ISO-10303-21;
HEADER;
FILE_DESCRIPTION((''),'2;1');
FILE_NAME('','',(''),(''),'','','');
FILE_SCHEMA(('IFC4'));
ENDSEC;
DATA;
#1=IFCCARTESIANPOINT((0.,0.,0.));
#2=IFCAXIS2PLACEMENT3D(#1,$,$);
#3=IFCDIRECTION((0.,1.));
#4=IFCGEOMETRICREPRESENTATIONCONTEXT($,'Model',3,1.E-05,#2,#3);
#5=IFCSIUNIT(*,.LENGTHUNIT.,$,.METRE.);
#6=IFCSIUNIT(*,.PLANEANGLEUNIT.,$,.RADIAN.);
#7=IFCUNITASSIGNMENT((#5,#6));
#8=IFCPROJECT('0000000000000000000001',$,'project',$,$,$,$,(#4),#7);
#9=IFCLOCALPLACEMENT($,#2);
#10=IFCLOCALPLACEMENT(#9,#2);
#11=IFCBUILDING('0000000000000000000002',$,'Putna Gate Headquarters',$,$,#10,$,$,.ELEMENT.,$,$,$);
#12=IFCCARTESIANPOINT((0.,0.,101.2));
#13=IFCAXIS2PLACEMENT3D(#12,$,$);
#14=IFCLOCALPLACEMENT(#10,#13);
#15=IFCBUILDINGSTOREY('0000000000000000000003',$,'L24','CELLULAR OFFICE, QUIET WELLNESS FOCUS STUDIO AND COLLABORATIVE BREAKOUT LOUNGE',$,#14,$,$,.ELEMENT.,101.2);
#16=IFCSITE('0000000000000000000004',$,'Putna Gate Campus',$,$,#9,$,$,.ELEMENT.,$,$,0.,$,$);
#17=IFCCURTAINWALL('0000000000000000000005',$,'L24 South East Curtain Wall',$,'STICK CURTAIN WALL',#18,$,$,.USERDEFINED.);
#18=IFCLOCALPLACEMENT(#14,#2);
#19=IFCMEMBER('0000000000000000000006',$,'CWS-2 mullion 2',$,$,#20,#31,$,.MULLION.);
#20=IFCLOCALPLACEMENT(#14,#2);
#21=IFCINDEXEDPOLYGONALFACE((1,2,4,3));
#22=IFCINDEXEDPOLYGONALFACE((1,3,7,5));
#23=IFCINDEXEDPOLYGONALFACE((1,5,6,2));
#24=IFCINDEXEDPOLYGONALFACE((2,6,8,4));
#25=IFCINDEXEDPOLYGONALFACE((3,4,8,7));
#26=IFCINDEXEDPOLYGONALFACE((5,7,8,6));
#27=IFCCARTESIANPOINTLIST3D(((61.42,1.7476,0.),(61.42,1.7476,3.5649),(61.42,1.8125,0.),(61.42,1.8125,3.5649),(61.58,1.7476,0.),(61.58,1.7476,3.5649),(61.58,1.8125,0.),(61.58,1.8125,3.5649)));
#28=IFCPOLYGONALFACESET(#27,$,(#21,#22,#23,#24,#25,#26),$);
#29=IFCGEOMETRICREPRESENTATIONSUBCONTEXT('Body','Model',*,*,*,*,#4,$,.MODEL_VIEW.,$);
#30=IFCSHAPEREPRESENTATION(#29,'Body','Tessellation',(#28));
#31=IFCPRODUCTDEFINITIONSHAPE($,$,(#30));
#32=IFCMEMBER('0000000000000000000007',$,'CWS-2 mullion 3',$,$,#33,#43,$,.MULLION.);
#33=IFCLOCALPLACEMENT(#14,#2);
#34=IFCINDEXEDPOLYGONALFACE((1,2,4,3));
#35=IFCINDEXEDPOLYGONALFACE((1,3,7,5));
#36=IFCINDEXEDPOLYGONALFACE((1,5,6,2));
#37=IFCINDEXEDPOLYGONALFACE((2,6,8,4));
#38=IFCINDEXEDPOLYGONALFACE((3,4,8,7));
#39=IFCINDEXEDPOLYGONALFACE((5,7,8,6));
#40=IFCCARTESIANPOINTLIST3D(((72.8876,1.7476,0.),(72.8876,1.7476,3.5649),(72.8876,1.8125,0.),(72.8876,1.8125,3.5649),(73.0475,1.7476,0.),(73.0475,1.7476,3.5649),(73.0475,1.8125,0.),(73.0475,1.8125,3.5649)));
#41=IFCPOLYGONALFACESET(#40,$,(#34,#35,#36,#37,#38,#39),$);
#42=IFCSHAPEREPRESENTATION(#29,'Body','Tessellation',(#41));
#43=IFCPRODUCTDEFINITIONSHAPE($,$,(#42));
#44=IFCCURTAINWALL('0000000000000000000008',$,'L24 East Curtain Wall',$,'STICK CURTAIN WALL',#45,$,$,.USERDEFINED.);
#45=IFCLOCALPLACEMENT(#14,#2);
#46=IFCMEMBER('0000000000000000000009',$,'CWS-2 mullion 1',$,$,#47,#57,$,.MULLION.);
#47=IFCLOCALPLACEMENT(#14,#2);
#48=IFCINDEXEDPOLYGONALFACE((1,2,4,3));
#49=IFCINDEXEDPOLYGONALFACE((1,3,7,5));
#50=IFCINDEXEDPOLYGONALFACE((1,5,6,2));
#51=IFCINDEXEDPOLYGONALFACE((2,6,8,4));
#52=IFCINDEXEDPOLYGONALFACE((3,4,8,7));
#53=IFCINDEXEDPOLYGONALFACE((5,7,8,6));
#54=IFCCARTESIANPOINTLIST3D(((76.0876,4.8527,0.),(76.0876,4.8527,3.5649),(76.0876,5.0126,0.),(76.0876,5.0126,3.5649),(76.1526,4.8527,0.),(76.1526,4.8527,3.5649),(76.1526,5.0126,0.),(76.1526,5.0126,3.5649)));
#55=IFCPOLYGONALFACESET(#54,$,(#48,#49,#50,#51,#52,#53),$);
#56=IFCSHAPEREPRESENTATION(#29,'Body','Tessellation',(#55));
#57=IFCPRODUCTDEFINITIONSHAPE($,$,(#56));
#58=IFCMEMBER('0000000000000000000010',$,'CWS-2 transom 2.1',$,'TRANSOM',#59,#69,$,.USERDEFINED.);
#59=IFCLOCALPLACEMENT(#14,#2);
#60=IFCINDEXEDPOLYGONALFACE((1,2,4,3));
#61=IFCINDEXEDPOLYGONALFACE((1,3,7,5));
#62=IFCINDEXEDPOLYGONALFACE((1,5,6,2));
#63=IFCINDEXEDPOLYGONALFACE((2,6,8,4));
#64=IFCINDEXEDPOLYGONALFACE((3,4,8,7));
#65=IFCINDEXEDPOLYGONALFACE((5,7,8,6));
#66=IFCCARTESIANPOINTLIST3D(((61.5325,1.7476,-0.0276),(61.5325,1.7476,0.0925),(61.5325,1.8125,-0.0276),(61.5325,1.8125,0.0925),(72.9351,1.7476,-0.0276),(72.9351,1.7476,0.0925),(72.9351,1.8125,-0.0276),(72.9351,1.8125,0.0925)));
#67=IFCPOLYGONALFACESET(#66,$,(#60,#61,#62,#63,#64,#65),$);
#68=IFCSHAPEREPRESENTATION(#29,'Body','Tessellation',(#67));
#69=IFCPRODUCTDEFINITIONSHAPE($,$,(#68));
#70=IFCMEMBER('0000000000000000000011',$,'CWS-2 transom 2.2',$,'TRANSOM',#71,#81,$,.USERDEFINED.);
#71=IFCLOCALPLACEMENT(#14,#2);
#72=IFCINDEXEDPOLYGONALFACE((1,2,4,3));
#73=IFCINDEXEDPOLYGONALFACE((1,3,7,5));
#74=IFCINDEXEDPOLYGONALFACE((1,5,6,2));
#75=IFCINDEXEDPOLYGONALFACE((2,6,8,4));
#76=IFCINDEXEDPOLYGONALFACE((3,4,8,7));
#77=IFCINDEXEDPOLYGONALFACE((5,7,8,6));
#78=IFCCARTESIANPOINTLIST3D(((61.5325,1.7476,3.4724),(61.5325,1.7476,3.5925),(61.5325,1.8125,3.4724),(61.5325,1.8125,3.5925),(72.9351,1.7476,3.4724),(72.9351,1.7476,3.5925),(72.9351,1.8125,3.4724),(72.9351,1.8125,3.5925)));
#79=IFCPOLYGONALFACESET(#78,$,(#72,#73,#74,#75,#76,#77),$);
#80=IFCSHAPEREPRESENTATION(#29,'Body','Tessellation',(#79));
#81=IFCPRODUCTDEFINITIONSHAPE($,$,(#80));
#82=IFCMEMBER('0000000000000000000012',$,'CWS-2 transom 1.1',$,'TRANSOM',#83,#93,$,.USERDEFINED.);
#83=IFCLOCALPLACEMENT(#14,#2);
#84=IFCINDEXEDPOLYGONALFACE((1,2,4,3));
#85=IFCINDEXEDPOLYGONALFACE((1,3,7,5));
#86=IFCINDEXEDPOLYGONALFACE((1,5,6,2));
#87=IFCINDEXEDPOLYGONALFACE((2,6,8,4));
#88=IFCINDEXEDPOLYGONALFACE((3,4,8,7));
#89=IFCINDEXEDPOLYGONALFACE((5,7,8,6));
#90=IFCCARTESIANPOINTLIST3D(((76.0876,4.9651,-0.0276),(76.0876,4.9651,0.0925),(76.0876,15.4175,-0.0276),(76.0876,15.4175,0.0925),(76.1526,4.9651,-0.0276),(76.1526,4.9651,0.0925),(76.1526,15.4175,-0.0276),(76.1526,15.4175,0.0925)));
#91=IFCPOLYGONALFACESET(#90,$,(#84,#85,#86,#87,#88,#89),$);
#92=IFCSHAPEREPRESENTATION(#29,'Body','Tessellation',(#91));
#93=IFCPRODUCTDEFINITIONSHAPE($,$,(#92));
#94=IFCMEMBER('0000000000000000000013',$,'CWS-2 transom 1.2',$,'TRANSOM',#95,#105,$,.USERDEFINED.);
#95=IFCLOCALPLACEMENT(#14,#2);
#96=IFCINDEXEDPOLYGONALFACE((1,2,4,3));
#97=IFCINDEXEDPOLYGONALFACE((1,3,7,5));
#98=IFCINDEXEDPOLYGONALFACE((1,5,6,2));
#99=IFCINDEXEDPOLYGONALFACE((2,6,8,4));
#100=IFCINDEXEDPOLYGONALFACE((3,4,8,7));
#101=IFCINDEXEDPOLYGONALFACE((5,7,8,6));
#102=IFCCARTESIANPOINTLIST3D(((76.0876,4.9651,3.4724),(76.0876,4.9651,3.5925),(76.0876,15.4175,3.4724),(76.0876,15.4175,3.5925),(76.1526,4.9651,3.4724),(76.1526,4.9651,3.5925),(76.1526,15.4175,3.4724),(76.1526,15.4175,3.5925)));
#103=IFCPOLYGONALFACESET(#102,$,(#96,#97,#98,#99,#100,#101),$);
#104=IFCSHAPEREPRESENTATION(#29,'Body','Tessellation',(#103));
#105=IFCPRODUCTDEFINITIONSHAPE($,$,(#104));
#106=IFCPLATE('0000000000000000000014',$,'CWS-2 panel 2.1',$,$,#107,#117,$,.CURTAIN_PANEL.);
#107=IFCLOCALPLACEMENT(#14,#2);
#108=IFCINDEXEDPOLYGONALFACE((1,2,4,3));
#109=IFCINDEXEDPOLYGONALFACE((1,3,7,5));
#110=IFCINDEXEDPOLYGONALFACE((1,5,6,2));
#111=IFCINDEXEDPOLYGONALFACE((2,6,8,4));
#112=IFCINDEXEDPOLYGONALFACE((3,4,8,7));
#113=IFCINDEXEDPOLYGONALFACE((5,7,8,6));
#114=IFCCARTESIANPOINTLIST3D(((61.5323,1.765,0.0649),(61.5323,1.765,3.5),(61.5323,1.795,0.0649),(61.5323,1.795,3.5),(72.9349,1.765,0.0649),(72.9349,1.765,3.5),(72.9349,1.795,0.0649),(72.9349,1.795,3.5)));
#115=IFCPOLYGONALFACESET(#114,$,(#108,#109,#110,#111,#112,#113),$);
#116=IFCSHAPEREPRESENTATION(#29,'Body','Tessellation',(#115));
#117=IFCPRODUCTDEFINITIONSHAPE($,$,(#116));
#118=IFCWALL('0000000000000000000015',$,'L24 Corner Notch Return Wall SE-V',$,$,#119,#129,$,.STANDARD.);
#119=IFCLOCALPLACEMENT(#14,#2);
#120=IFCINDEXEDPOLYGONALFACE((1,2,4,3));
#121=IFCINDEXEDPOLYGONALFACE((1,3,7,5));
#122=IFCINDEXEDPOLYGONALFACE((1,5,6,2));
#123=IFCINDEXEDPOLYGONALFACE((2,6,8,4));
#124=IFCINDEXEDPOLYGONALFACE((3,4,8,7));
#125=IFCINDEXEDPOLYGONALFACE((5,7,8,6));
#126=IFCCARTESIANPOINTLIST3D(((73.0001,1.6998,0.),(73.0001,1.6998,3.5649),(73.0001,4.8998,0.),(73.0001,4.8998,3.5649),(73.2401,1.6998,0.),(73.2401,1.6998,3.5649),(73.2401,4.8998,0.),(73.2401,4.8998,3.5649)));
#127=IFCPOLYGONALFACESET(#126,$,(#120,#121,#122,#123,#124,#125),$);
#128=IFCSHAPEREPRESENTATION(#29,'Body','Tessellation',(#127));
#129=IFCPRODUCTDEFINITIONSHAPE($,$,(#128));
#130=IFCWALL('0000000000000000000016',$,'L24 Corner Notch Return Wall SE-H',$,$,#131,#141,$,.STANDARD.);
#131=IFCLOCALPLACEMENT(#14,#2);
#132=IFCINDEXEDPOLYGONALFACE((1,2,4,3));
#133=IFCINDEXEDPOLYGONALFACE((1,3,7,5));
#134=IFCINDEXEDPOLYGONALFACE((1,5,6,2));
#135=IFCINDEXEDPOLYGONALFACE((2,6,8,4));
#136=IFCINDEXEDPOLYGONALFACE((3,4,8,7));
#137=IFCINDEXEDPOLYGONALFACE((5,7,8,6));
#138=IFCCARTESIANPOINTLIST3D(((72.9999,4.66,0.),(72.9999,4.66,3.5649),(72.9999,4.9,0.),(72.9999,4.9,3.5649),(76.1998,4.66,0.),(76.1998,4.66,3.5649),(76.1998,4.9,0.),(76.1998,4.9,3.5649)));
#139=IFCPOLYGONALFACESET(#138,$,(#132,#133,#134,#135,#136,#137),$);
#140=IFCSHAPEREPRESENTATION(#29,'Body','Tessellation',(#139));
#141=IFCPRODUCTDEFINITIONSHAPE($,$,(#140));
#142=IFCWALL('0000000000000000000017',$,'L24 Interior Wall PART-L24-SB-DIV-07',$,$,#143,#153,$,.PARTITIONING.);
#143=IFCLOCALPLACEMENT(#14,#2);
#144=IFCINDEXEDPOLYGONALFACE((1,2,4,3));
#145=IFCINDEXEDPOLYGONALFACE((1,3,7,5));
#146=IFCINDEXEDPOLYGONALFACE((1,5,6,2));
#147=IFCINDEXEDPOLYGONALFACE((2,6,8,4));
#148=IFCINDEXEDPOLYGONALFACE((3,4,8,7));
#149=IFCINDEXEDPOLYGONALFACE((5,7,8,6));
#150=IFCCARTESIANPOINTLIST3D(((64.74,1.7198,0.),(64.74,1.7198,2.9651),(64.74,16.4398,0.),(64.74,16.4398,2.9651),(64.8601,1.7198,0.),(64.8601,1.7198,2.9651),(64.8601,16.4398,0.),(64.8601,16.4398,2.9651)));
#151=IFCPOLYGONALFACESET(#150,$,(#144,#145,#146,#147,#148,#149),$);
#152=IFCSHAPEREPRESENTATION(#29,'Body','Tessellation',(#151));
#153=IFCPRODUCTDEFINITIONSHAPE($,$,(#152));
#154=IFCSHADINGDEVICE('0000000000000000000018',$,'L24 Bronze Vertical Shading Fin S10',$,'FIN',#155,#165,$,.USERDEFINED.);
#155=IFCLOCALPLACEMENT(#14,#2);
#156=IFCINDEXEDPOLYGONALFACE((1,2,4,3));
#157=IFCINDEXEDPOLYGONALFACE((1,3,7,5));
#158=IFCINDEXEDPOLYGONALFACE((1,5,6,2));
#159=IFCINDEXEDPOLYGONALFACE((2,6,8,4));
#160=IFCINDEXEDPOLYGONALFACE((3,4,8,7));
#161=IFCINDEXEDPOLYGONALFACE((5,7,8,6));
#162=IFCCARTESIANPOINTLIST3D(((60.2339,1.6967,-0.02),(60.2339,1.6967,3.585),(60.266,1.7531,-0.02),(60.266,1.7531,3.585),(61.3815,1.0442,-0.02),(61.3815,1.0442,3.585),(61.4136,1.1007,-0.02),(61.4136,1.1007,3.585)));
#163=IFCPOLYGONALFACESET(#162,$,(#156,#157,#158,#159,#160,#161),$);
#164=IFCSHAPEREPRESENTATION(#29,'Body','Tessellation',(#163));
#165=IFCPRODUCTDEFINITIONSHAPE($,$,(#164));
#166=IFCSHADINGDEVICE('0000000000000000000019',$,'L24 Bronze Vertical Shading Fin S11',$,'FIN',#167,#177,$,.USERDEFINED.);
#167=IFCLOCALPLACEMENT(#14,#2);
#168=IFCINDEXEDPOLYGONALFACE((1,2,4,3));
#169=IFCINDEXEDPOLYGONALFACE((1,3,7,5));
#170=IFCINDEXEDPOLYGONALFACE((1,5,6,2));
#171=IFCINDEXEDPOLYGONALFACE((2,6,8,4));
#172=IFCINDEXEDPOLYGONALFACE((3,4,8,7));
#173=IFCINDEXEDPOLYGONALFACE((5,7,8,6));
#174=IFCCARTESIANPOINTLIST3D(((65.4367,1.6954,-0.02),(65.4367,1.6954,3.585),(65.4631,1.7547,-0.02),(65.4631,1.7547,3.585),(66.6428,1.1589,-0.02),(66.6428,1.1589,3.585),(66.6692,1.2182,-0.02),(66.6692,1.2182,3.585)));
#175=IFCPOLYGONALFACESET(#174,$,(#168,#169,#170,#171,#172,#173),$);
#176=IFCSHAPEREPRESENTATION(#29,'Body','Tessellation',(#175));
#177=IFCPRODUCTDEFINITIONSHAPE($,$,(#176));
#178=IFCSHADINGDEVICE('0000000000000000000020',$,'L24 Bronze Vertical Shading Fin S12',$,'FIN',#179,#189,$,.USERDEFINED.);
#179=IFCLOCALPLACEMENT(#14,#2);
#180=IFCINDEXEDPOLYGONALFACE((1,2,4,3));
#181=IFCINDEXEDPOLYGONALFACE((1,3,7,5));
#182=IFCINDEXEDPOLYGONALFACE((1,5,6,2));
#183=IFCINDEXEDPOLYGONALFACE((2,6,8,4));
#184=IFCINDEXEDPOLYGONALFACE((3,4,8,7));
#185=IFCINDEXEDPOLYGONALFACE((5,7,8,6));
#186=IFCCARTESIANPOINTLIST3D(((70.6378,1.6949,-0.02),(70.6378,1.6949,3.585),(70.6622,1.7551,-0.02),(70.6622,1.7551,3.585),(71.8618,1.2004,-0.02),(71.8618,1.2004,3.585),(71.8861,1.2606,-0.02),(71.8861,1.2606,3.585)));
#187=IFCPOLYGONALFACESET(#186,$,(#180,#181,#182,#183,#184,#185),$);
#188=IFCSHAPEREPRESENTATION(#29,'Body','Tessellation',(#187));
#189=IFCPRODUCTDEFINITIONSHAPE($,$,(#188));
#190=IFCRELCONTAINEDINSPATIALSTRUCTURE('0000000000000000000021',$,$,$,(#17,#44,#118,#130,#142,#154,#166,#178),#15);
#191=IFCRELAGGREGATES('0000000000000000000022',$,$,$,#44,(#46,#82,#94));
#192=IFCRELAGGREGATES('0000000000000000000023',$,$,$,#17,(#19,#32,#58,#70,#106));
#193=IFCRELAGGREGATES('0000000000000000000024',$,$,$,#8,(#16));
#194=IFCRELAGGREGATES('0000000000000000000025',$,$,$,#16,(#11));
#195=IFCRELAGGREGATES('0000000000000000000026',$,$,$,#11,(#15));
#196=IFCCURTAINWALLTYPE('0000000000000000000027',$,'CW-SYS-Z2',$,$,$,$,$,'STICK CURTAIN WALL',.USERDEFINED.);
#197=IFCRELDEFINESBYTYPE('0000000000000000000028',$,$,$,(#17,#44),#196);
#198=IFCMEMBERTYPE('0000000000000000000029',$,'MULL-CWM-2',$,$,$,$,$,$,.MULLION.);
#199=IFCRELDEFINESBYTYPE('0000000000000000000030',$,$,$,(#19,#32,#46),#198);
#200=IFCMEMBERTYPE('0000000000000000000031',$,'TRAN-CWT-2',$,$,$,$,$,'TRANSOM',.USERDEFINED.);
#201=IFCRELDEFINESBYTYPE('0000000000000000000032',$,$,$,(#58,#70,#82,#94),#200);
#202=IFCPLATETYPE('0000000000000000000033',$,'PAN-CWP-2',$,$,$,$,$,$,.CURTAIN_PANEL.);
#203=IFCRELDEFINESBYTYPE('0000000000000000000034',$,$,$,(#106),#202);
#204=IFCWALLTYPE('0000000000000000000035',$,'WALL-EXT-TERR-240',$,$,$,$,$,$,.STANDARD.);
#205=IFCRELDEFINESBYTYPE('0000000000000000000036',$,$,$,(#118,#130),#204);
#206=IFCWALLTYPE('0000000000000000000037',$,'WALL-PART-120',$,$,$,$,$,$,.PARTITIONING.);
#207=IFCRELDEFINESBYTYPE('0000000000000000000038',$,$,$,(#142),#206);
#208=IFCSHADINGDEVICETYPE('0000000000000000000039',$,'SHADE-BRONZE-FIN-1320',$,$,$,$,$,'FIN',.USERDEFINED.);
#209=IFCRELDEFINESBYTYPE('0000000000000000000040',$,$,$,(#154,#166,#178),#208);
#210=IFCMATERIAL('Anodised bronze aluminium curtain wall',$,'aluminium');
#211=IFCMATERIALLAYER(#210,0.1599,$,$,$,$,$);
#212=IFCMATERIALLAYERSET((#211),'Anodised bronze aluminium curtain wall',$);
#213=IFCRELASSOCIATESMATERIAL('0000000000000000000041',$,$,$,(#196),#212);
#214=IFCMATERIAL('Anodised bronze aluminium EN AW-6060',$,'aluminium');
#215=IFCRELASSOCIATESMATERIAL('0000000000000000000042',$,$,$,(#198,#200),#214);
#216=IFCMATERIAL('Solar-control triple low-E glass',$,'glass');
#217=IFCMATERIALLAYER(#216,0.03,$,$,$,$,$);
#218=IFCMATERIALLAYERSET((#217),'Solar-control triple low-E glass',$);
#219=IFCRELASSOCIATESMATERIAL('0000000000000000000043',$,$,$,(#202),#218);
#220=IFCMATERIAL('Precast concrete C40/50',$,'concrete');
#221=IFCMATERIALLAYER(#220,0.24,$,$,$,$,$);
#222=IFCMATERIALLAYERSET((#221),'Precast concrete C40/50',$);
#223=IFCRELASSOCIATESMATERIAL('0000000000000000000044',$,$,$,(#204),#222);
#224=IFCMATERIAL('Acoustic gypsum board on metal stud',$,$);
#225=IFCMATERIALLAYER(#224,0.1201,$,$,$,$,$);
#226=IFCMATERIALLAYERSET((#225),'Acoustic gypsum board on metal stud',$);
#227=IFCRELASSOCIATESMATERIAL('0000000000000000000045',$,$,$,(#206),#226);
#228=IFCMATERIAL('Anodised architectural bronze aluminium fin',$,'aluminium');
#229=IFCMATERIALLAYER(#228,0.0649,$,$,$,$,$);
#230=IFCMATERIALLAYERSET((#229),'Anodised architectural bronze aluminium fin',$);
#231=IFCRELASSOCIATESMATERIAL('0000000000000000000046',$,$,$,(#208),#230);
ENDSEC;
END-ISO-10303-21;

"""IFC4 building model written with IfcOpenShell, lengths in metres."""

from ifc_helpers import new_model, si_unit, direction, frame, frame_2d, origin, origin_2d, place, context, subcontext, project, spatial, rectangle, extrude, material, layer, layer_set, material_profile, profile_set, type_object, element, aggregate, save


model = new_model("IFC4")

# Units and contexts
model_context = context("Model", 3, precision=1e-05, world=origin(), true_north=direction((0.0, 1.0)))
body_context = subcontext(model_context, "Body", "Model", "MODEL_VIEW")
ifc_project = project(units=[si_unit("LENGTHUNIT", "METRE"), si_unit("PLANEANGLEUNIT", "RADIAN")], contexts=[model_context])

# Site, building, storey
site_placement = place(None, origin())
site = spatial("IfcSite", under=ifc_project, at=site_placement, Name="Putna Gate Campus", CompositionType="ELEMENT", RefElevation=0.0)
building_placement = place(site_placement, origin())
building = spatial("IfcBuilding", under=site, at=building_placement, Name="Putna Gate Headquarters", CompositionType="ELEMENT")
storey_placement = place(building_placement, frame((0.0, 0.0, 101.2)))
storey = spatial("IfcBuildingStorey", under=building, at=storey_placement, Name="L24", Description="CELLULAR OFFICE, QUIET WELLNESS FOCUS STUDIO AND COLLABORATIVE BREAKOUT LOUNGE", CompositionType="ELEMENT", Elevation=101.2)

# Curtain wall, members
ifc_material_1 = material(Name="Anodised bronze aluminium curtain wall", Category="aluminium")
ifc_layer_1 = layer(ifc_material_1, 0.1599)
ifc_layer_set_1 = layer_set([ifc_layer_1], Name="Anodised bronze aluminium curtain wall")
curtain_wall_type = type_object("IfcCurtainWallType", Name="CW-SYS-Z2", ElementType="STICK CURTAIN WALL", PredefinedType="USERDEFINED", material=ifc_layer_set_1)
curtain_wall_1_placement = place(storey_placement, origin())
curtain_wall_1 = element("IfcCurtainWall", 1, at=curtain_wall_1_placement, inside=storey, type_object=curtain_wall_type, Name="L24 South East Curtain Wall", ObjectType="STICK CURTAIN WALL", PredefinedType="USERDEFINED")
ifc_material_2 = material(Name="Anodised bronze aluminium EN AW-6060", Category="aluminium")
ifc_material_profile_1 = material_profile(ifc_material_2, rectangle(XDim=0.0649, YDim=0.1599, at=origin_2d()), Name="Anodised bronze aluminium EN AW-6060")
ifc_profile_set_1 = profile_set([ifc_material_profile_1], Name="Anodised bronze aluminium EN AW-6060")
member_type_1 = type_object("IfcMemberType", Name="MULL-CWM-2", PredefinedType="MULLION", material=ifc_profile_set_1)
member_1_placement = place(storey_placement, frame((61.5, 1.78, 0.0), z_axis=(0.0, 0.0, 1.0), x_axis=(0.0, 1.0, 0.0)))
member_1 = element("IfcMember", 2, at=member_1_placement, type_object=member_type_1, Name="CWS-2 mullion 2", PredefinedType="MULLION", context=body_context, shape_type="SweptSolid", body=[
    extrude(rectangle(XDim=0.0649, YDim=0.1599, at=origin_2d()), origin(), (0.0, 0.0, 1.0), 3.5649),
])
member_2_placement = place(storey_placement, frame((72.9675, 1.78, 0.0), z_axis=(0.0, 0.0, 1.0), x_axis=(0.0, 1.0, 0.0)))
member_2 = element("IfcMember", 3, at=member_2_placement, type_object=member_type_1, Name="CWS-2 mullion 3", PredefinedType="MULLION", context=body_context, shape_type="SweptSolid", body=[
    extrude(rectangle(XDim=0.0649, YDim=0.1599, at=origin_2d()), origin(), (0.0, 0.0, 1.0), 3.5649),
])

# Curtain wall, member
curtain_wall_2_placement = place(storey_placement, origin())
curtain_wall_2 = element("IfcCurtainWall", 4, at=curtain_wall_2_placement, inside=storey, type_object=curtain_wall_type, Name="L24 East Curtain Wall", ObjectType="STICK CURTAIN WALL", PredefinedType="USERDEFINED")
member_3_placement = place(storey_placement, frame((76.1201, 4.9326, 0.0), z_axis=(0.0, 0.0, 1.0), x_axis=(-1.0, 0.0, 0.0)))
member_3 = element("IfcMember", 5, at=member_3_placement, type_object=member_type_1, Name="CWS-2 mullion 1", PredefinedType="MULLION", context=body_context, shape_type="SweptSolid", body=[
    extrude(rectangle(XDim=0.0649, YDim=0.1599, at=origin_2d()), origin(), (0.0, 0.0, 1.0), 3.5649),
])

# Members
ifc_material_profile_2 = material_profile(ifc_material_2, rectangle(XDim=0.0649, YDim=0.1201, at=origin_2d()), Name="Anodised bronze aluminium EN AW-6060")
ifc_profile_set_2 = profile_set([ifc_material_profile_2], Name="Anodised bronze aluminium EN AW-6060")
member_type_2 = type_object("IfcMemberType", Name="TRAN-CWT-2", ElementType="TRANSOM", PredefinedType="USERDEFINED", material=ifc_profile_set_2)
member_4_placement = place(storey_placement, frame((61.5325, 1.78, 0.0325), z_axis=(1.0, 0.0, 0.0), x_axis=(0.0, 1.0, 0.0)))
member_4 = element("IfcMember", 6, at=member_4_placement, type_object=member_type_2, Name="CWS-2 transom 2.1", ObjectType="TRANSOM", PredefinedType="USERDEFINED", context=body_context, shape_type="SweptSolid", body=[
    extrude(rectangle(XDim=0.0649, YDim=0.1201, at=origin_2d()), origin(), (0.0, 0.0, 1.0), 11.4026),
])
member_5_placement = place(storey_placement, frame((61.5325, 1.78, 3.5325), z_axis=(1.0, 0.0, 0.0), x_axis=(0.0, 1.0, 0.0)))
member_5 = element("IfcMember", 7, at=member_5_placement, type_object=member_type_2, Name="CWS-2 transom 2.2", ObjectType="TRANSOM", PredefinedType="USERDEFINED", context=body_context, shape_type="SweptSolid", body=[
    extrude(rectangle(XDim=0.0649, YDim=0.1201, at=origin_2d()), origin(), (0.0, 0.0, 1.0), 11.4026),
])
member_6_placement = place(storey_placement, frame((76.1201, 4.9651, 0.0325), z_axis=(0.0, 1.0, 0.0), x_axis=(-1.0, 0.0, 0.0)))
member_6 = element("IfcMember", 8, at=member_6_placement, type_object=member_type_2, Name="CWS-2 transom 1.1", ObjectType="TRANSOM", PredefinedType="USERDEFINED", context=body_context, shape_type="SweptSolid", body=[
    extrude(rectangle(XDim=0.0649, YDim=0.1201, at=origin_2d()), origin(), (0.0, 0.0, 1.0), 10.4524),
])
member_7_placement = place(storey_placement, frame((76.1201, 4.9651, 3.5325), z_axis=(0.0, 1.0, 0.0), x_axis=(-1.0, 0.0, 0.0)))
member_7 = element("IfcMember", 9, at=member_7_placement, type_object=member_type_2, Name="CWS-2 transom 1.2", ObjectType="TRANSOM", PredefinedType="USERDEFINED", context=body_context, shape_type="SweptSolid", body=[
    extrude(rectangle(XDim=0.0649, YDim=0.1201, at=origin_2d()), origin(), (0.0, 0.0, 1.0), 10.4524),
])
aggregate(curtain_wall_2, [member_3, member_6, member_7])

# Plate
ifc_material_3 = material(Name="Solar-control triple low-E glass", Category="glass")
ifc_layer_2 = layer(ifc_material_3, 0.03)
ifc_layer_set_2 = layer_set([ifc_layer_2], Name="Solar-control triple low-E glass")
plate_type = type_object("IfcPlateType", Name="PAN-CWP-2", PredefinedType="CURTAIN_PANEL", material=ifc_layer_set_2)
plate_placement = place(storey_placement, frame((67.2336, 1.78, 0.0649), z_axis=(0.0, 0.0, 1.0), x_axis=(1.0, 0.0, 0.0)))
plate = element("IfcPlate", 10, at=plate_placement, type_object=plate_type, Name="CWS-2 panel 2.1", PredefinedType="CURTAIN_PANEL", context=body_context, shape_type="SweptSolid", body=[
    extrude(rectangle(XDim=11.4026, YDim=0.03, at=origin_2d()), origin(), (0.0, 0.0, 1.0), 3.4351),
])
aggregate(curtain_wall_1, [member_1, member_2, member_4, member_5, plate])

# Walls
ifc_material_4 = material(Name="Precast concrete C40/50", Category="concrete")
ifc_layer_3 = layer(ifc_material_4, 0.24)
ifc_layer_set_3 = layer_set([ifc_layer_3], Name="Precast concrete C40/50")
wall_type_1 = type_object("IfcWallType", Name="WALL-EXT-TERR-240", PredefinedType="STANDARD", material=ifc_layer_set_3)
for number, where, z_axis, x_axis, name in (
    (11, (73.1201, 4.8999, 0.0), (0.0, 0.0, 1.0), (0.0, -1.0, 0.0), "L24 Corner Notch Return Wall SE-V"),
    (12, (76.2, 4.78, 0.0), (0.0, 0.0, 1.0), (-1.0, 0.0, 0.0), "L24 Corner Notch Return Wall SE-H"),
):
    element("IfcWall", number, at=place(storey_placement, frame(where, z_axis=z_axis, x_axis=x_axis)), inside=storey, type_object=wall_type_1, Name=name, PredefinedType="STANDARD", context=body_context, shape_type="SweptSolid", body=[
        extrude(rectangle(XDim=3.2, YDim=0.24, at=frame_2d((1.6001, 0.0))), origin(), (0.0, 0.0, 1.0), 3.5649),
    ])
ifc_material_5 = material(Name="Acoustic gypsum board on metal stud")
ifc_layer_4 = layer(ifc_material_5, 0.1201)
ifc_layer_set_4 = layer_set([ifc_layer_4], Name="Acoustic gypsum board on metal stud")
wall_type_2 = type_object("IfcWallType", Name="WALL-PART-120", PredefinedType="PARTITIONING", material=ifc_layer_set_4)
wall_placement = place(storey_placement, frame((64.8, 1.72, 0.0), z_axis=(0.0, 0.0, 1.0), x_axis=(0.0, 1.0, 0.0)))
element("IfcWall", 13, at=wall_placement, inside=storey, type_object=wall_type_2, Name="L24 Interior Wall PART-L24-SB-DIV-07", PredefinedType="PARTITIONING", context=body_context, shape_type="SweptSolid", body=[
    extrude(rectangle(XDim=14.72, YDim=0.1201, at=frame_2d((7.3599, 0.0))), origin(), (0.0, 0.0, 1.0), 2.9651),
])

# Shading devices
ifc_material_6 = material(Name="Anodised architectural bronze aluminium fin", Category="aluminium")
ifc_layer_5 = layer(ifc_material_6, 0.0649)
ifc_layer_set_5 = layer_set([ifc_layer_5], Name="Anodised architectural bronze aluminium fin")
shading_device_type = type_object("IfcShadingDeviceType", Name="SHADE-BRONZE-FIN-1320", ElementType="FIN", PredefinedType="USERDEFINED", material=ifc_layer_set_5)
for number, where, z_axis, x_axis, name in (
    (14, (60.8237, 1.3987, -0.02), (0.0, 0.0, 1.0), (0.869322, -0.494245, 0.0), "L24 Bronze Vertical Shading Fin S10"),
    (15, (66.053, 1.4568, -0.02), (0.0, 0.0, 1.0), (0.913687, -0.406418, 0.0), "L24 Bronze Vertical Shading Fin S11"),
    (16, (71.262, 1.4778, -0.02), (0.0, 0.0, 1.0), (0.927184, -0.374607, 0.0), "L24 Bronze Vertical Shading Fin S12"),
):
    element("IfcShadingDevice", number, at=place(storey_placement, frame(where, z_axis=z_axis, x_axis=x_axis)), inside=storey, type_object=shading_device_type, Name=name, ObjectType="FIN", PredefinedType="USERDEFINED", context=body_context, shape_type="SweptSolid", body=[
        extrude(rectangle(XDim=1.3201, YDim=0.0649, at=origin_2d()), origin(), (0.0, 0.0, 1.0), 3.605),
    ])

save(model, "model.ifc")
